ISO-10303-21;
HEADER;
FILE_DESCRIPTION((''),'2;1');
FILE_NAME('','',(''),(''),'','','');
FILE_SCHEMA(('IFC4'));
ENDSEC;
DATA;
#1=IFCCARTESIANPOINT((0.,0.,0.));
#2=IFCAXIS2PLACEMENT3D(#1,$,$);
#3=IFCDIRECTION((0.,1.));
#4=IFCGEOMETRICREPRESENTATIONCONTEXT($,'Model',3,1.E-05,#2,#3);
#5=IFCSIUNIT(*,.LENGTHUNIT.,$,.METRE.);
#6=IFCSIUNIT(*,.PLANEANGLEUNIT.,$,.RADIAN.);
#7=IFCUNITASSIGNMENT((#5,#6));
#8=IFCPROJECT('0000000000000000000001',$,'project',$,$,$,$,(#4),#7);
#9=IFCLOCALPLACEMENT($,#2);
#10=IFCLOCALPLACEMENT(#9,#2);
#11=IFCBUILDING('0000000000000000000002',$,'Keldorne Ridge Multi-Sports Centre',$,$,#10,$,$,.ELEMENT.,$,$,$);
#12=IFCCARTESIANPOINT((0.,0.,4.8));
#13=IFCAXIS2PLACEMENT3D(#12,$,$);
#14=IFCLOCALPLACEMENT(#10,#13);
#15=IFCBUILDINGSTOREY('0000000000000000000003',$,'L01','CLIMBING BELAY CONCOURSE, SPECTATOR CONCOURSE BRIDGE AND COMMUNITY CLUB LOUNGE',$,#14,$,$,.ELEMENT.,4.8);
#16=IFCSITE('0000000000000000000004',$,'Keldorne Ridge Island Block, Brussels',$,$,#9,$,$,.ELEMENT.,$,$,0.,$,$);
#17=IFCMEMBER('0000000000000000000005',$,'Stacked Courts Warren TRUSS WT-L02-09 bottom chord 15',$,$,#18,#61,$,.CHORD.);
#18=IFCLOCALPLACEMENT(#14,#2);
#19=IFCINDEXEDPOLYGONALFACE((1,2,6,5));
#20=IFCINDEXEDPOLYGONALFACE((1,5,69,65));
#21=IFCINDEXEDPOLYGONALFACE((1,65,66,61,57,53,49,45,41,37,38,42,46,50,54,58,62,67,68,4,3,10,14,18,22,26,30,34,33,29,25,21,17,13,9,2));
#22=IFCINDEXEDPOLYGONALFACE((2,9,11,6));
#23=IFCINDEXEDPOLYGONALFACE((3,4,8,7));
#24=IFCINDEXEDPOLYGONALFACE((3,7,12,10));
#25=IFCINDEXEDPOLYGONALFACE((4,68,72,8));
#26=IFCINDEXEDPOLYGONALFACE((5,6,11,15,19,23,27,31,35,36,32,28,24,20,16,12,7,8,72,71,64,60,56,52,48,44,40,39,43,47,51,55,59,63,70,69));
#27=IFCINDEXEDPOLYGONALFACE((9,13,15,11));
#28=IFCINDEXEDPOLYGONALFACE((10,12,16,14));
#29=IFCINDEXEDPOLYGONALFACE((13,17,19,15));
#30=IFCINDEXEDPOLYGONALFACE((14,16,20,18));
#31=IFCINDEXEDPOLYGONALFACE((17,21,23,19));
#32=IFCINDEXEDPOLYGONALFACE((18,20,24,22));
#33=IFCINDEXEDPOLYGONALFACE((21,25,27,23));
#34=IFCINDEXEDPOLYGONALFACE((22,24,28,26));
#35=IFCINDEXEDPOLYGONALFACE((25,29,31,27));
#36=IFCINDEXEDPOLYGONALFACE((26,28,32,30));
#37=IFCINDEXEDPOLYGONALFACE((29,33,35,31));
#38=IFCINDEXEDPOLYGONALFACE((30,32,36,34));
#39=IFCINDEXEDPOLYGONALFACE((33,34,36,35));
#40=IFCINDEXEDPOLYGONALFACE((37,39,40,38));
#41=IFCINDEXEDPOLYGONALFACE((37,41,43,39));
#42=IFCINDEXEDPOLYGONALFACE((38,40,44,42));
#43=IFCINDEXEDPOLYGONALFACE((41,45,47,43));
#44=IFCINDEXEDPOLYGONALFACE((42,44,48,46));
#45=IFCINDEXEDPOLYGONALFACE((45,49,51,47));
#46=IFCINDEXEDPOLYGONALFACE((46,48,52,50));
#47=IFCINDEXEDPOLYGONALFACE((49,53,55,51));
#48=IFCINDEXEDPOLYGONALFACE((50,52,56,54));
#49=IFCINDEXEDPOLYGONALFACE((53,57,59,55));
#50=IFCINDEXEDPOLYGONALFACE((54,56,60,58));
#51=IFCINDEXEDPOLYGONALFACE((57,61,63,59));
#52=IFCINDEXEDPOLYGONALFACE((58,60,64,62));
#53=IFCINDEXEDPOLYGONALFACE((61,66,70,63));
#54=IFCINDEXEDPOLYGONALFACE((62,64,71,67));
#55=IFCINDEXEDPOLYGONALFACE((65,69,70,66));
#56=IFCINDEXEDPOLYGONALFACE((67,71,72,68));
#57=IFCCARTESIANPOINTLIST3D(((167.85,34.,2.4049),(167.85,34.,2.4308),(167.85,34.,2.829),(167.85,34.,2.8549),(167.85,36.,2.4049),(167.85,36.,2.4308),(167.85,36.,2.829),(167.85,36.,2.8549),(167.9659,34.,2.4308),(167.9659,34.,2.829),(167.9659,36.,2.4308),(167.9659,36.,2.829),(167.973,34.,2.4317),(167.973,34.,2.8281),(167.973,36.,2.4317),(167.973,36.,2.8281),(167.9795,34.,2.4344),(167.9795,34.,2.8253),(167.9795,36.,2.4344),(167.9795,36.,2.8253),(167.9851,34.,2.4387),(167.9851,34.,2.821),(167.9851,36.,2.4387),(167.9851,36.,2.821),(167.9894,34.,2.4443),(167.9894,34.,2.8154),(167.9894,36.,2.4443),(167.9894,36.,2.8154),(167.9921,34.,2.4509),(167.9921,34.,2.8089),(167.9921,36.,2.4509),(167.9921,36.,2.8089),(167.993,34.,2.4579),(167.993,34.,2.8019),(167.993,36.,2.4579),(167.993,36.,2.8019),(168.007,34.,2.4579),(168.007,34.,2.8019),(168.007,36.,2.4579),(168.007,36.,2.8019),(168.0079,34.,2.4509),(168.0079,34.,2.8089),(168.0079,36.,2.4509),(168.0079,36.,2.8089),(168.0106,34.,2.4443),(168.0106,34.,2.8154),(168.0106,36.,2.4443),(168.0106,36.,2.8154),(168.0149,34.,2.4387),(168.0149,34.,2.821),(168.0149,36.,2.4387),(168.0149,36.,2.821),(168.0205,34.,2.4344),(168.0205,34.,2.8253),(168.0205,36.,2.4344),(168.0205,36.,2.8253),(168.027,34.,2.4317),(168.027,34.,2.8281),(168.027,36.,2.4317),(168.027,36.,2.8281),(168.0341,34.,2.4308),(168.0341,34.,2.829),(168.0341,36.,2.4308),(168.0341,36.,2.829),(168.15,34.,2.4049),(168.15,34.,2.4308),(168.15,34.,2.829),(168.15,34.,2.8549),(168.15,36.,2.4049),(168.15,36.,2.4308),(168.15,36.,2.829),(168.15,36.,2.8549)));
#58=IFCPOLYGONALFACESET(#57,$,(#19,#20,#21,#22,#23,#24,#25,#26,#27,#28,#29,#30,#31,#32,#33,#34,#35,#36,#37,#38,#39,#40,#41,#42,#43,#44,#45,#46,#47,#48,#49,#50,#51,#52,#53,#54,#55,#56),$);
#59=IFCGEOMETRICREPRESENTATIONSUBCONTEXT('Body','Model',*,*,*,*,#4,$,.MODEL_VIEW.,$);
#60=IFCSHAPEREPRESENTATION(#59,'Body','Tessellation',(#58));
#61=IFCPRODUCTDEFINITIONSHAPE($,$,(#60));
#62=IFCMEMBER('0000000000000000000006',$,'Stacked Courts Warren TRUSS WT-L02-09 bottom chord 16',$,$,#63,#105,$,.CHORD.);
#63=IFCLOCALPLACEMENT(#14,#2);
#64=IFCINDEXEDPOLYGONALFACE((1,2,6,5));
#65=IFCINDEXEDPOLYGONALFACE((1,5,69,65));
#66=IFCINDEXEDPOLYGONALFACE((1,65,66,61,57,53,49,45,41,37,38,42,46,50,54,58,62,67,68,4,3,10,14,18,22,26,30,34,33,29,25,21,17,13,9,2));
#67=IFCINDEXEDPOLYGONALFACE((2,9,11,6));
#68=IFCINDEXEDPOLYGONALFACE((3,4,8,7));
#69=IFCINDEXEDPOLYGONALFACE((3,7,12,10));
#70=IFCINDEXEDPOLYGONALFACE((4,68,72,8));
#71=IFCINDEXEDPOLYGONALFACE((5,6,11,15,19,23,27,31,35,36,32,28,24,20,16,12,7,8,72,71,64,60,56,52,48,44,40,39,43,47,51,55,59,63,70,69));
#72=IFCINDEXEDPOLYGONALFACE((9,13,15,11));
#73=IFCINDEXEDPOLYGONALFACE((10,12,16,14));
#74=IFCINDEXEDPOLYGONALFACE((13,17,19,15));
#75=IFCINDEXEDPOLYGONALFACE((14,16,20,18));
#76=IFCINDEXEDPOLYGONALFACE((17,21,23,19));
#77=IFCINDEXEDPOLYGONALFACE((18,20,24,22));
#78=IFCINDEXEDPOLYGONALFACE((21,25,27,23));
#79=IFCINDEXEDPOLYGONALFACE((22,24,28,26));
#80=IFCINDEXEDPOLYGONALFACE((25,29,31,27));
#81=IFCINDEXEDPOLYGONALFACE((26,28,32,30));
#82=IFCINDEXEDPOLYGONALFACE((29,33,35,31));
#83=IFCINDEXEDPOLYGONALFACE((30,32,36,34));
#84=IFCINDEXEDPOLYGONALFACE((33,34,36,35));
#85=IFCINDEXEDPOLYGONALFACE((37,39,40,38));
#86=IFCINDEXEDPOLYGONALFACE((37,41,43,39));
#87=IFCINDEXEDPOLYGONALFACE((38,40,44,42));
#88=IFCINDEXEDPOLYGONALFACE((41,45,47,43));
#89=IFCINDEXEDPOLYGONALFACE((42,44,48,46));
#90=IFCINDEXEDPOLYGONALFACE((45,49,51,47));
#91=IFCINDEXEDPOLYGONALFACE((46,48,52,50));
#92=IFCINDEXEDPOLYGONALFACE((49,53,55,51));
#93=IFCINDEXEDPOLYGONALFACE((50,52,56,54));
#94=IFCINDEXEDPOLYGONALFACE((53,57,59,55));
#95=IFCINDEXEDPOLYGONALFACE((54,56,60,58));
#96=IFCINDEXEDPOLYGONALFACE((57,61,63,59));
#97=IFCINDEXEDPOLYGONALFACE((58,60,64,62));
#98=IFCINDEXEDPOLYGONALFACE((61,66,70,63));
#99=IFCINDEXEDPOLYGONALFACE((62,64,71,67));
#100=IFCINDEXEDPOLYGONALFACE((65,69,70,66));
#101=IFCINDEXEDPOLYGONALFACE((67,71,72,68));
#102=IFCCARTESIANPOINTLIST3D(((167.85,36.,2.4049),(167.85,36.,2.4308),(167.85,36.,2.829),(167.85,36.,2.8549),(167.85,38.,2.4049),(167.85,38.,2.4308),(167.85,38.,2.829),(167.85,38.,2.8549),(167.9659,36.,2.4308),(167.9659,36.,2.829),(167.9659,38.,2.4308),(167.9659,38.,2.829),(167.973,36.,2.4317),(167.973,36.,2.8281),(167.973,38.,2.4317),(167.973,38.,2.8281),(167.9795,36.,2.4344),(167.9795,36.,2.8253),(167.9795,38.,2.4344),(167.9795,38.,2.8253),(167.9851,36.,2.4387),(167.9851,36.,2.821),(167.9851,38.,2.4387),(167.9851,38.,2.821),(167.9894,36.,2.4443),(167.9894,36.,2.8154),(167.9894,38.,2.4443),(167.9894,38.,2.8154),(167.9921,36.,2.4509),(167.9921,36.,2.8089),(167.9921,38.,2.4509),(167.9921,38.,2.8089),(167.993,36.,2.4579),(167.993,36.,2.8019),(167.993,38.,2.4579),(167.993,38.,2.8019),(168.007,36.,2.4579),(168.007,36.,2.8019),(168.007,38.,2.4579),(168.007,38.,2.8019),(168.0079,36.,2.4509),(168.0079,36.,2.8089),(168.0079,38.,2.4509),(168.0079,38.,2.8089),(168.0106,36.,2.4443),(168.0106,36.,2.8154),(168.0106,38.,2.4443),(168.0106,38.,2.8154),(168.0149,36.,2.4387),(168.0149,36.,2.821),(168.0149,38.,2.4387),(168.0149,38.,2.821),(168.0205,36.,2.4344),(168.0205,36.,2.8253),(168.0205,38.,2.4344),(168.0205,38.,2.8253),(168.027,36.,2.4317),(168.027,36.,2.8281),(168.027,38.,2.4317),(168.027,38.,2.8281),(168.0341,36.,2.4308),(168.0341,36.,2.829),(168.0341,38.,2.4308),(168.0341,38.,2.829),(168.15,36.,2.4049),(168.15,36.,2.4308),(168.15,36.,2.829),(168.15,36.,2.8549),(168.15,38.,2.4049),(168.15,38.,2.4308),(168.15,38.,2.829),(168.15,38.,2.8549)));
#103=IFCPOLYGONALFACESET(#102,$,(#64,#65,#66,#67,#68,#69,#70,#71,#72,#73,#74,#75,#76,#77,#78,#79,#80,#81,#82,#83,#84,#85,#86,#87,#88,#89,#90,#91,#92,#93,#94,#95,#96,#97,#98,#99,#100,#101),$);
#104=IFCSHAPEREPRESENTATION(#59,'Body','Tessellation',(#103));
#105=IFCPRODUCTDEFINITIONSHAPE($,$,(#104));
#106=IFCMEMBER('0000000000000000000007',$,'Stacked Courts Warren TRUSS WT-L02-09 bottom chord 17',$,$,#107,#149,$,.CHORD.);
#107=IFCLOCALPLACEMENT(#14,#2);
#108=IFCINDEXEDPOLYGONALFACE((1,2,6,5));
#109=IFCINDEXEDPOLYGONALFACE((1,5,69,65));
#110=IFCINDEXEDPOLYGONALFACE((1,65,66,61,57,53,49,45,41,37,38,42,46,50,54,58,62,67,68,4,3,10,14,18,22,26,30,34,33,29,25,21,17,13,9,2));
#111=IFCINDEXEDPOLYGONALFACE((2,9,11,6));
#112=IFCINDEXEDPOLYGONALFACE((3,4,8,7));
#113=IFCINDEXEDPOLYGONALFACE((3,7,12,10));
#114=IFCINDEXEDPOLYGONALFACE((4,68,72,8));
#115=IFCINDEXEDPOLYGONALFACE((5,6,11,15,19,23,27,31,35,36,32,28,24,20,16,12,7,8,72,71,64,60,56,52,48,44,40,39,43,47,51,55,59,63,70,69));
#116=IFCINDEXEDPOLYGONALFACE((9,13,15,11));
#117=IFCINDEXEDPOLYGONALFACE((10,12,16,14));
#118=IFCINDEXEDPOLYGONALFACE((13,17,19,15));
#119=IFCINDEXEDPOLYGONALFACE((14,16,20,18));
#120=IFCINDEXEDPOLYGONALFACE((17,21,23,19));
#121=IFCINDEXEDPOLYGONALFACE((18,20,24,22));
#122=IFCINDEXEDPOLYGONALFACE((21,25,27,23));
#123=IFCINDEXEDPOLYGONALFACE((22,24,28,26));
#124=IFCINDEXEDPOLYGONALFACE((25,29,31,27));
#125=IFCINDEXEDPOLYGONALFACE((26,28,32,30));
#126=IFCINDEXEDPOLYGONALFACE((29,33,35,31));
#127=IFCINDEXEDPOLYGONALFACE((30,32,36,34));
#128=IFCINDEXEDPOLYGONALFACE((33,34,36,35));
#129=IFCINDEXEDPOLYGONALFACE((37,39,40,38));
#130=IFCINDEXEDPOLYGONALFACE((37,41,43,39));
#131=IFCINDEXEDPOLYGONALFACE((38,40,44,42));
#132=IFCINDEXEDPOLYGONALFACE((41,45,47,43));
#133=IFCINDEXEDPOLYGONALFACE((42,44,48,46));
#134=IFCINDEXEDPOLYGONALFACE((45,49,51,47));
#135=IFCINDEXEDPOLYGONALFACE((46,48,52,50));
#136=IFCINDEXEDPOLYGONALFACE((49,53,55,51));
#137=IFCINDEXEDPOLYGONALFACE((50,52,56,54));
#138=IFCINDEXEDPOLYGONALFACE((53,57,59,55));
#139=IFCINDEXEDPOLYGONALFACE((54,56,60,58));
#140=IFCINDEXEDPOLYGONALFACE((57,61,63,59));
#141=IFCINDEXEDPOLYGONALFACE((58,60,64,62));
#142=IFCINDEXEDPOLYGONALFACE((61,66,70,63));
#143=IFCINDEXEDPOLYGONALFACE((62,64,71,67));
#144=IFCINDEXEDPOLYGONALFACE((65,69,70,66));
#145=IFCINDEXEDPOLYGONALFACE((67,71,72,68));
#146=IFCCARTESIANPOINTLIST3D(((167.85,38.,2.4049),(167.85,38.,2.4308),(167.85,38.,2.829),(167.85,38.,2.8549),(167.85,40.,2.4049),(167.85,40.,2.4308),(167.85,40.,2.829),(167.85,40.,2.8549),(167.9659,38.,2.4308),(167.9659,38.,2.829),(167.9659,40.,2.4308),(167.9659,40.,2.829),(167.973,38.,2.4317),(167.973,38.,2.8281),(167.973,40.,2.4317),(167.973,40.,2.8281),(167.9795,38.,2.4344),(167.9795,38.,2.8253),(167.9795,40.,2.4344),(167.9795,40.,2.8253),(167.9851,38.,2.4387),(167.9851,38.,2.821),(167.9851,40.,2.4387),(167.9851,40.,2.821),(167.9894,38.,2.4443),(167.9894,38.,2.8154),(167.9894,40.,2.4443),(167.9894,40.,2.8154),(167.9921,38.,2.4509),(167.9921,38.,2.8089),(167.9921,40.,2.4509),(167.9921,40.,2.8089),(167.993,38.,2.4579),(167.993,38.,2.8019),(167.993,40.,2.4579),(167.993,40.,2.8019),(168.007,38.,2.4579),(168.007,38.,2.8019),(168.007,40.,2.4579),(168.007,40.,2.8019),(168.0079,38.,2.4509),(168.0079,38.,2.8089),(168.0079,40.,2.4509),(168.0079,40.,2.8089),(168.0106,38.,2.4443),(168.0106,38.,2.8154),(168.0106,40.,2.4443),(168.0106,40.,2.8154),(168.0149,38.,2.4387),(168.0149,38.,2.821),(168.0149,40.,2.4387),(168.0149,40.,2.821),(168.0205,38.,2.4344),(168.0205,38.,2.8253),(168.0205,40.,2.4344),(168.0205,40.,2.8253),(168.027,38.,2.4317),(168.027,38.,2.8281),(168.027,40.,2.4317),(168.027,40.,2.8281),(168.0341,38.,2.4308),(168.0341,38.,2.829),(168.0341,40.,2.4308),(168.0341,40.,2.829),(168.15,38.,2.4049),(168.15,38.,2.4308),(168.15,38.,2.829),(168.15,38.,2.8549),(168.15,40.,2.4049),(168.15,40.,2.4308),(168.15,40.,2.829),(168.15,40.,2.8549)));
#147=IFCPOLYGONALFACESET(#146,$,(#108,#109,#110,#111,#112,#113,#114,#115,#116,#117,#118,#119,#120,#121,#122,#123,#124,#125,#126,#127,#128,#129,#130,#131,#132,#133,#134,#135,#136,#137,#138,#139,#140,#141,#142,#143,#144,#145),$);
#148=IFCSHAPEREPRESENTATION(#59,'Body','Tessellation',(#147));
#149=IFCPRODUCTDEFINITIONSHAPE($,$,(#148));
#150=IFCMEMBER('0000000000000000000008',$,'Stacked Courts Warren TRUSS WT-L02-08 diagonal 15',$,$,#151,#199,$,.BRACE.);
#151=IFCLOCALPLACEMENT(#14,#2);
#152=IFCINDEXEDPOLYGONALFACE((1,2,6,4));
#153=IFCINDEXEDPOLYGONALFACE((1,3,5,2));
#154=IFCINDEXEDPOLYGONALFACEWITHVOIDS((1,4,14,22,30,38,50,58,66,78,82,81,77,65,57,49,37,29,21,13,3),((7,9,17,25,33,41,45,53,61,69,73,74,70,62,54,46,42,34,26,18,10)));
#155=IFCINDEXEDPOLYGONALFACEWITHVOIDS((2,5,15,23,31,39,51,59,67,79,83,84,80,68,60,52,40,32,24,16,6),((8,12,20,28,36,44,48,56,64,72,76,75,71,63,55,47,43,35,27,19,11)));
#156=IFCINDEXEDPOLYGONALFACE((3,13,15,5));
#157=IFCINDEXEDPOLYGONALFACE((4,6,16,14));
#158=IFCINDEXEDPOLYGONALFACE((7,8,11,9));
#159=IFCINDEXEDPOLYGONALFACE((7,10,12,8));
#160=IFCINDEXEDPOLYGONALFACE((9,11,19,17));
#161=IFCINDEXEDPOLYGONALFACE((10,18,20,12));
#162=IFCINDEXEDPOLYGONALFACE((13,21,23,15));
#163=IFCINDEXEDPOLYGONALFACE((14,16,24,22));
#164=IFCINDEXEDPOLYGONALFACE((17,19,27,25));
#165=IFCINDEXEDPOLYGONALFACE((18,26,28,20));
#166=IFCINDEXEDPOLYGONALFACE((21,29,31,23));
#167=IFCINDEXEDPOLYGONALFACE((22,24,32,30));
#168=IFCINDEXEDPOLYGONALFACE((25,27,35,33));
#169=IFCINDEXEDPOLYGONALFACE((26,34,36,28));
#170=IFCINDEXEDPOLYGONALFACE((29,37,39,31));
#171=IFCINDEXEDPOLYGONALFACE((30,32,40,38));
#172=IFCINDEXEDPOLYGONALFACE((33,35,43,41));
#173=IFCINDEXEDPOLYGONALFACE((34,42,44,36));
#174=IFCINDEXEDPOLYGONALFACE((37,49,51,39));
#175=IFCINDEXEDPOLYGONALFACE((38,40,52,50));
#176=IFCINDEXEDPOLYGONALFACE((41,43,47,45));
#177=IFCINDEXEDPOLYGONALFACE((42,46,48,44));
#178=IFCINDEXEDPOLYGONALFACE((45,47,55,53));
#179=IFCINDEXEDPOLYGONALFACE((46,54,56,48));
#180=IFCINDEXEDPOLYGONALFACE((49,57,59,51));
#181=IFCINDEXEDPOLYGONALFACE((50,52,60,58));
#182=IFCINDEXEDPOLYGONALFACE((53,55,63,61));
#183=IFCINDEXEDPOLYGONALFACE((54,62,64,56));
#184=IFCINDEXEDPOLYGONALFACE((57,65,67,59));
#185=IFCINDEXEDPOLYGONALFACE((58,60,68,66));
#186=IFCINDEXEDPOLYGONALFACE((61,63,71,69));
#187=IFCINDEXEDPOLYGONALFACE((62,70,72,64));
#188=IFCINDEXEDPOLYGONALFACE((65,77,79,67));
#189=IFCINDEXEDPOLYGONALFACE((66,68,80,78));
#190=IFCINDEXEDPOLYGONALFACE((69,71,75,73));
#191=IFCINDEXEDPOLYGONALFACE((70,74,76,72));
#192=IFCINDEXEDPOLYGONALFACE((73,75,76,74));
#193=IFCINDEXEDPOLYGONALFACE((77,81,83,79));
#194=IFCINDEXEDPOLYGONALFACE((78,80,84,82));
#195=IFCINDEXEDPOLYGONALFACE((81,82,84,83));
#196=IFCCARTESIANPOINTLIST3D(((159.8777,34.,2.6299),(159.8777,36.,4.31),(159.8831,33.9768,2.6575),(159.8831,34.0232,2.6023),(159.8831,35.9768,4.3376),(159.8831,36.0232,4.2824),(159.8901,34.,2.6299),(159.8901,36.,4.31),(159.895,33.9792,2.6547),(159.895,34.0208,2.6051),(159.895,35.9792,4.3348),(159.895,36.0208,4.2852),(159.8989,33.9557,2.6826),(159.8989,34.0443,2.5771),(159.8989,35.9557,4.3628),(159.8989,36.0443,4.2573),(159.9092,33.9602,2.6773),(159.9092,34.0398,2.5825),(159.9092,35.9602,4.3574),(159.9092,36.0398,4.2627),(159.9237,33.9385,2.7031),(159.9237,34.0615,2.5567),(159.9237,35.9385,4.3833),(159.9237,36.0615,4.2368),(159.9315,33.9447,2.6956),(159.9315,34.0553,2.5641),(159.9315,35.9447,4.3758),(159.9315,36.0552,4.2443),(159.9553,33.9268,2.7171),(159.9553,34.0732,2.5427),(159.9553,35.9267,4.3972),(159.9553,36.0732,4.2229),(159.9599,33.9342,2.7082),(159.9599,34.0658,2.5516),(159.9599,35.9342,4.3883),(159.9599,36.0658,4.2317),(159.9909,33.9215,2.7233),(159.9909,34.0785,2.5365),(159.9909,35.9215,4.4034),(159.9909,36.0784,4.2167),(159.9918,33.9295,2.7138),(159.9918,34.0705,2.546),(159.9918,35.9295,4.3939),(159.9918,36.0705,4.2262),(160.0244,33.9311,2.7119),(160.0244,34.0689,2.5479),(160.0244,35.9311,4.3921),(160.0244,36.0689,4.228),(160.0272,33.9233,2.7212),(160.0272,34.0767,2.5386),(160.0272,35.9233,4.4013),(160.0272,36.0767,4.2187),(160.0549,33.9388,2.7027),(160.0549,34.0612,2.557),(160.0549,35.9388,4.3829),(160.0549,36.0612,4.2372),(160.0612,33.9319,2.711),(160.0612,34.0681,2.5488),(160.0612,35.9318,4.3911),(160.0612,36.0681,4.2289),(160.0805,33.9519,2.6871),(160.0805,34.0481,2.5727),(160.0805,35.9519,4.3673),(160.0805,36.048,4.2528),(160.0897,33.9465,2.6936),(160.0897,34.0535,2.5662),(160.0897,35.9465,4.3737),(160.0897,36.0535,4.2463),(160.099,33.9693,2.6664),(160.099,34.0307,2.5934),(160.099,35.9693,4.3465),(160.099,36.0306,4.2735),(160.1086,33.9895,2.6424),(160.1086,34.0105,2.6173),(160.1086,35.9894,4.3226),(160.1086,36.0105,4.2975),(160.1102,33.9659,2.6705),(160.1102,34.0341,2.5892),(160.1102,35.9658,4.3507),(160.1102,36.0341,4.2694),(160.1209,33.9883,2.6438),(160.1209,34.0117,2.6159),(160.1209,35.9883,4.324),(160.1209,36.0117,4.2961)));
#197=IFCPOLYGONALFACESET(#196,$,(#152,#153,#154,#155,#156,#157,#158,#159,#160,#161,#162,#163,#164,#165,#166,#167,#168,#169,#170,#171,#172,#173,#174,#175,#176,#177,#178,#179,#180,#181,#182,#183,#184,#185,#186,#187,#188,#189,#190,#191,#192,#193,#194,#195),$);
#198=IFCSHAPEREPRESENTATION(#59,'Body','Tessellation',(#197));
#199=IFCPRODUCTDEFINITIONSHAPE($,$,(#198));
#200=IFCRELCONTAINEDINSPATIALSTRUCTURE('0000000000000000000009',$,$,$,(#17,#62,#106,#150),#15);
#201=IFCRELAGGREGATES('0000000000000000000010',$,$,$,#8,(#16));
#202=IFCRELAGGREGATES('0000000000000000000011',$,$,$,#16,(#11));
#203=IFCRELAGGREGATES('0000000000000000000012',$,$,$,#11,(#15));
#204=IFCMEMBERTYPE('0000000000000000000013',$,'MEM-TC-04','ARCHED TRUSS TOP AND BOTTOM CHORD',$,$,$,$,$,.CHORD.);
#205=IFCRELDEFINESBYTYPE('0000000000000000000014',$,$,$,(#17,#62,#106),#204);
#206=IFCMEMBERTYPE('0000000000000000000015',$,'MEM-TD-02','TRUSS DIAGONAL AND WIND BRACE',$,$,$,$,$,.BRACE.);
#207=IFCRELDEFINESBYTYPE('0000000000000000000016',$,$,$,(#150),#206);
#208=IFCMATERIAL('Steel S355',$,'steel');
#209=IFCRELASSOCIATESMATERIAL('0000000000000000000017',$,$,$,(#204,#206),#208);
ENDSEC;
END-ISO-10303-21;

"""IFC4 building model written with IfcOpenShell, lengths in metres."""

from ifc_helpers import new_model, si_unit, direction, frame, origin, origin_2d, place, context, subcontext, project, spatial, hollow_circle, i_section, extrude, material, material_profile, profile_set, type_object, element, save


model = new_model("IFC4")

# Units and contexts
model_context = context("Model", 3, precision=1e-05, world=origin(), true_north=direction((0.0, 1.0)))
body_context = subcontext(model_context, "Body", "Model", "MODEL_VIEW")
ifc_project = project(units=[si_unit("LENGTHUNIT", "METRE"), si_unit("PLANEANGLEUNIT", "RADIAN")], contexts=[model_context])

# Site, building, storey
site_placement = place(None, origin())
site = spatial("IfcSite", under=ifc_project, at=site_placement, Name="Keldorne Ridge Island Block, Brussels", CompositionType="ELEMENT", RefElevation=0.0)
building_placement = place(site_placement, origin())
building = spatial("IfcBuilding", under=site, at=building_placement, Name="Keldorne Ridge Multi-Sports Centre", CompositionType="ELEMENT")
storey_placement = place(building_placement, frame((0.0, 0.0, 4.8)))
storey = spatial("IfcBuildingStorey", under=building, at=storey_placement, Name="L01", Description="CLIMBING BELAY CONCOURSE, SPECTATOR CONCOURSE BRIDGE AND COMMUNITY CLUB LOUNGE", CompositionType="ELEMENT", Elevation=4.8)

# Shared definitions
ifc_material_1 = material(Name="Steel S355", Category="steel")

# Members
ifc_material_profile_1 = material_profile(ifc_material_1, i_section(OverallWidth=0.3, OverallDepth=0.45, WebThickness=0.0139, FlangeThickness=0.0259, FilletRadius=0.0271, at=origin_2d()), Name="HEB 450")
ifc_profile_set_1 = profile_set([ifc_material_profile_1], Name="Steel S355")
member_type_1 = type_object("IfcMemberType", Name="MEM-TC-04", Description="ARCHED TRUSS TOP AND BOTTOM CHORD", PredefinedType="CHORD", material=ifc_profile_set_1)
for number, where, z_axis, x_axis, name in (
    (1, (168.0, 34.0, 2.6299), (0.0, 1.0, 0.0), (-1.0, 0.0, 0.0), "Stacked Courts Warren TRUSS WT-L02-09 bottom chord 15"),
    (2, (168.0, 36.0, 2.6299), (0.0, 1.0, 0.0), (-1.0, 0.0, 0.0), "Stacked Courts Warren TRUSS WT-L02-09 bottom chord 16"),
    (3, (168.0, 38.0, 2.6299), (0.0, 1.0, 0.0), (-1.0, 0.0, 0.0), "Stacked Courts Warren TRUSS WT-L02-09 bottom chord 17"),
):
    element("IfcMember", number, at=place(storey_placement, frame(where, z_axis=z_axis, x_axis=x_axis)), inside=storey, type_object=member_type_1, Name=name, PredefinedType="CHORD", context=body_context, shape_type="SweptSolid", body=[
        extrude(i_section(OverallWidth=0.3, OverallDepth=0.45, WebThickness=0.0139, FlangeThickness=0.0259, FilletRadius=0.0271, at=origin_2d()), origin(), (0.0, 0.0, 1.0), 2.0),
    ])
ifc_material_profile_2 = material_profile(ifc_material_1, hollow_circle(Radius=0.1223, WallThickness=0.0125, at=origin_2d()), Name="CHS 244.5x12.5")
ifc_profile_set_2 = profile_set([ifc_material_profile_2], Name="Steel S355")
member_type_2 = type_object("IfcMemberType", Name="MEM-TD-02", Description="TRUSS DIAGONAL AND WIND BRACE", PredefinedType="BRACE", material=ifc_profile_set_2)
for number, where, z_axis, x_axis, name in (
    (4, (160.0, 34.0, 2.6299), (0.0, 0.765672, 0.643232), (-1.0, 0.0, 0.0), "Stacked Courts Warren TRUSS WT-L02-08 diagonal 15"),
):
    element("IfcMember", number, at=place(storey_placement, frame(where, z_axis=z_axis, x_axis=x_axis)), inside=storey, type_object=member_type_2, Name=name, PredefinedType="BRACE", context=body_context, shape_type="SweptSolid", body=[
        extrude(hollow_circle(Radius=0.1223, WallThickness=0.0125, at=origin_2d()), origin(), (0.0, 0.0, 1.0), 2.6121),
    ])

save(model, "model.ifc")
